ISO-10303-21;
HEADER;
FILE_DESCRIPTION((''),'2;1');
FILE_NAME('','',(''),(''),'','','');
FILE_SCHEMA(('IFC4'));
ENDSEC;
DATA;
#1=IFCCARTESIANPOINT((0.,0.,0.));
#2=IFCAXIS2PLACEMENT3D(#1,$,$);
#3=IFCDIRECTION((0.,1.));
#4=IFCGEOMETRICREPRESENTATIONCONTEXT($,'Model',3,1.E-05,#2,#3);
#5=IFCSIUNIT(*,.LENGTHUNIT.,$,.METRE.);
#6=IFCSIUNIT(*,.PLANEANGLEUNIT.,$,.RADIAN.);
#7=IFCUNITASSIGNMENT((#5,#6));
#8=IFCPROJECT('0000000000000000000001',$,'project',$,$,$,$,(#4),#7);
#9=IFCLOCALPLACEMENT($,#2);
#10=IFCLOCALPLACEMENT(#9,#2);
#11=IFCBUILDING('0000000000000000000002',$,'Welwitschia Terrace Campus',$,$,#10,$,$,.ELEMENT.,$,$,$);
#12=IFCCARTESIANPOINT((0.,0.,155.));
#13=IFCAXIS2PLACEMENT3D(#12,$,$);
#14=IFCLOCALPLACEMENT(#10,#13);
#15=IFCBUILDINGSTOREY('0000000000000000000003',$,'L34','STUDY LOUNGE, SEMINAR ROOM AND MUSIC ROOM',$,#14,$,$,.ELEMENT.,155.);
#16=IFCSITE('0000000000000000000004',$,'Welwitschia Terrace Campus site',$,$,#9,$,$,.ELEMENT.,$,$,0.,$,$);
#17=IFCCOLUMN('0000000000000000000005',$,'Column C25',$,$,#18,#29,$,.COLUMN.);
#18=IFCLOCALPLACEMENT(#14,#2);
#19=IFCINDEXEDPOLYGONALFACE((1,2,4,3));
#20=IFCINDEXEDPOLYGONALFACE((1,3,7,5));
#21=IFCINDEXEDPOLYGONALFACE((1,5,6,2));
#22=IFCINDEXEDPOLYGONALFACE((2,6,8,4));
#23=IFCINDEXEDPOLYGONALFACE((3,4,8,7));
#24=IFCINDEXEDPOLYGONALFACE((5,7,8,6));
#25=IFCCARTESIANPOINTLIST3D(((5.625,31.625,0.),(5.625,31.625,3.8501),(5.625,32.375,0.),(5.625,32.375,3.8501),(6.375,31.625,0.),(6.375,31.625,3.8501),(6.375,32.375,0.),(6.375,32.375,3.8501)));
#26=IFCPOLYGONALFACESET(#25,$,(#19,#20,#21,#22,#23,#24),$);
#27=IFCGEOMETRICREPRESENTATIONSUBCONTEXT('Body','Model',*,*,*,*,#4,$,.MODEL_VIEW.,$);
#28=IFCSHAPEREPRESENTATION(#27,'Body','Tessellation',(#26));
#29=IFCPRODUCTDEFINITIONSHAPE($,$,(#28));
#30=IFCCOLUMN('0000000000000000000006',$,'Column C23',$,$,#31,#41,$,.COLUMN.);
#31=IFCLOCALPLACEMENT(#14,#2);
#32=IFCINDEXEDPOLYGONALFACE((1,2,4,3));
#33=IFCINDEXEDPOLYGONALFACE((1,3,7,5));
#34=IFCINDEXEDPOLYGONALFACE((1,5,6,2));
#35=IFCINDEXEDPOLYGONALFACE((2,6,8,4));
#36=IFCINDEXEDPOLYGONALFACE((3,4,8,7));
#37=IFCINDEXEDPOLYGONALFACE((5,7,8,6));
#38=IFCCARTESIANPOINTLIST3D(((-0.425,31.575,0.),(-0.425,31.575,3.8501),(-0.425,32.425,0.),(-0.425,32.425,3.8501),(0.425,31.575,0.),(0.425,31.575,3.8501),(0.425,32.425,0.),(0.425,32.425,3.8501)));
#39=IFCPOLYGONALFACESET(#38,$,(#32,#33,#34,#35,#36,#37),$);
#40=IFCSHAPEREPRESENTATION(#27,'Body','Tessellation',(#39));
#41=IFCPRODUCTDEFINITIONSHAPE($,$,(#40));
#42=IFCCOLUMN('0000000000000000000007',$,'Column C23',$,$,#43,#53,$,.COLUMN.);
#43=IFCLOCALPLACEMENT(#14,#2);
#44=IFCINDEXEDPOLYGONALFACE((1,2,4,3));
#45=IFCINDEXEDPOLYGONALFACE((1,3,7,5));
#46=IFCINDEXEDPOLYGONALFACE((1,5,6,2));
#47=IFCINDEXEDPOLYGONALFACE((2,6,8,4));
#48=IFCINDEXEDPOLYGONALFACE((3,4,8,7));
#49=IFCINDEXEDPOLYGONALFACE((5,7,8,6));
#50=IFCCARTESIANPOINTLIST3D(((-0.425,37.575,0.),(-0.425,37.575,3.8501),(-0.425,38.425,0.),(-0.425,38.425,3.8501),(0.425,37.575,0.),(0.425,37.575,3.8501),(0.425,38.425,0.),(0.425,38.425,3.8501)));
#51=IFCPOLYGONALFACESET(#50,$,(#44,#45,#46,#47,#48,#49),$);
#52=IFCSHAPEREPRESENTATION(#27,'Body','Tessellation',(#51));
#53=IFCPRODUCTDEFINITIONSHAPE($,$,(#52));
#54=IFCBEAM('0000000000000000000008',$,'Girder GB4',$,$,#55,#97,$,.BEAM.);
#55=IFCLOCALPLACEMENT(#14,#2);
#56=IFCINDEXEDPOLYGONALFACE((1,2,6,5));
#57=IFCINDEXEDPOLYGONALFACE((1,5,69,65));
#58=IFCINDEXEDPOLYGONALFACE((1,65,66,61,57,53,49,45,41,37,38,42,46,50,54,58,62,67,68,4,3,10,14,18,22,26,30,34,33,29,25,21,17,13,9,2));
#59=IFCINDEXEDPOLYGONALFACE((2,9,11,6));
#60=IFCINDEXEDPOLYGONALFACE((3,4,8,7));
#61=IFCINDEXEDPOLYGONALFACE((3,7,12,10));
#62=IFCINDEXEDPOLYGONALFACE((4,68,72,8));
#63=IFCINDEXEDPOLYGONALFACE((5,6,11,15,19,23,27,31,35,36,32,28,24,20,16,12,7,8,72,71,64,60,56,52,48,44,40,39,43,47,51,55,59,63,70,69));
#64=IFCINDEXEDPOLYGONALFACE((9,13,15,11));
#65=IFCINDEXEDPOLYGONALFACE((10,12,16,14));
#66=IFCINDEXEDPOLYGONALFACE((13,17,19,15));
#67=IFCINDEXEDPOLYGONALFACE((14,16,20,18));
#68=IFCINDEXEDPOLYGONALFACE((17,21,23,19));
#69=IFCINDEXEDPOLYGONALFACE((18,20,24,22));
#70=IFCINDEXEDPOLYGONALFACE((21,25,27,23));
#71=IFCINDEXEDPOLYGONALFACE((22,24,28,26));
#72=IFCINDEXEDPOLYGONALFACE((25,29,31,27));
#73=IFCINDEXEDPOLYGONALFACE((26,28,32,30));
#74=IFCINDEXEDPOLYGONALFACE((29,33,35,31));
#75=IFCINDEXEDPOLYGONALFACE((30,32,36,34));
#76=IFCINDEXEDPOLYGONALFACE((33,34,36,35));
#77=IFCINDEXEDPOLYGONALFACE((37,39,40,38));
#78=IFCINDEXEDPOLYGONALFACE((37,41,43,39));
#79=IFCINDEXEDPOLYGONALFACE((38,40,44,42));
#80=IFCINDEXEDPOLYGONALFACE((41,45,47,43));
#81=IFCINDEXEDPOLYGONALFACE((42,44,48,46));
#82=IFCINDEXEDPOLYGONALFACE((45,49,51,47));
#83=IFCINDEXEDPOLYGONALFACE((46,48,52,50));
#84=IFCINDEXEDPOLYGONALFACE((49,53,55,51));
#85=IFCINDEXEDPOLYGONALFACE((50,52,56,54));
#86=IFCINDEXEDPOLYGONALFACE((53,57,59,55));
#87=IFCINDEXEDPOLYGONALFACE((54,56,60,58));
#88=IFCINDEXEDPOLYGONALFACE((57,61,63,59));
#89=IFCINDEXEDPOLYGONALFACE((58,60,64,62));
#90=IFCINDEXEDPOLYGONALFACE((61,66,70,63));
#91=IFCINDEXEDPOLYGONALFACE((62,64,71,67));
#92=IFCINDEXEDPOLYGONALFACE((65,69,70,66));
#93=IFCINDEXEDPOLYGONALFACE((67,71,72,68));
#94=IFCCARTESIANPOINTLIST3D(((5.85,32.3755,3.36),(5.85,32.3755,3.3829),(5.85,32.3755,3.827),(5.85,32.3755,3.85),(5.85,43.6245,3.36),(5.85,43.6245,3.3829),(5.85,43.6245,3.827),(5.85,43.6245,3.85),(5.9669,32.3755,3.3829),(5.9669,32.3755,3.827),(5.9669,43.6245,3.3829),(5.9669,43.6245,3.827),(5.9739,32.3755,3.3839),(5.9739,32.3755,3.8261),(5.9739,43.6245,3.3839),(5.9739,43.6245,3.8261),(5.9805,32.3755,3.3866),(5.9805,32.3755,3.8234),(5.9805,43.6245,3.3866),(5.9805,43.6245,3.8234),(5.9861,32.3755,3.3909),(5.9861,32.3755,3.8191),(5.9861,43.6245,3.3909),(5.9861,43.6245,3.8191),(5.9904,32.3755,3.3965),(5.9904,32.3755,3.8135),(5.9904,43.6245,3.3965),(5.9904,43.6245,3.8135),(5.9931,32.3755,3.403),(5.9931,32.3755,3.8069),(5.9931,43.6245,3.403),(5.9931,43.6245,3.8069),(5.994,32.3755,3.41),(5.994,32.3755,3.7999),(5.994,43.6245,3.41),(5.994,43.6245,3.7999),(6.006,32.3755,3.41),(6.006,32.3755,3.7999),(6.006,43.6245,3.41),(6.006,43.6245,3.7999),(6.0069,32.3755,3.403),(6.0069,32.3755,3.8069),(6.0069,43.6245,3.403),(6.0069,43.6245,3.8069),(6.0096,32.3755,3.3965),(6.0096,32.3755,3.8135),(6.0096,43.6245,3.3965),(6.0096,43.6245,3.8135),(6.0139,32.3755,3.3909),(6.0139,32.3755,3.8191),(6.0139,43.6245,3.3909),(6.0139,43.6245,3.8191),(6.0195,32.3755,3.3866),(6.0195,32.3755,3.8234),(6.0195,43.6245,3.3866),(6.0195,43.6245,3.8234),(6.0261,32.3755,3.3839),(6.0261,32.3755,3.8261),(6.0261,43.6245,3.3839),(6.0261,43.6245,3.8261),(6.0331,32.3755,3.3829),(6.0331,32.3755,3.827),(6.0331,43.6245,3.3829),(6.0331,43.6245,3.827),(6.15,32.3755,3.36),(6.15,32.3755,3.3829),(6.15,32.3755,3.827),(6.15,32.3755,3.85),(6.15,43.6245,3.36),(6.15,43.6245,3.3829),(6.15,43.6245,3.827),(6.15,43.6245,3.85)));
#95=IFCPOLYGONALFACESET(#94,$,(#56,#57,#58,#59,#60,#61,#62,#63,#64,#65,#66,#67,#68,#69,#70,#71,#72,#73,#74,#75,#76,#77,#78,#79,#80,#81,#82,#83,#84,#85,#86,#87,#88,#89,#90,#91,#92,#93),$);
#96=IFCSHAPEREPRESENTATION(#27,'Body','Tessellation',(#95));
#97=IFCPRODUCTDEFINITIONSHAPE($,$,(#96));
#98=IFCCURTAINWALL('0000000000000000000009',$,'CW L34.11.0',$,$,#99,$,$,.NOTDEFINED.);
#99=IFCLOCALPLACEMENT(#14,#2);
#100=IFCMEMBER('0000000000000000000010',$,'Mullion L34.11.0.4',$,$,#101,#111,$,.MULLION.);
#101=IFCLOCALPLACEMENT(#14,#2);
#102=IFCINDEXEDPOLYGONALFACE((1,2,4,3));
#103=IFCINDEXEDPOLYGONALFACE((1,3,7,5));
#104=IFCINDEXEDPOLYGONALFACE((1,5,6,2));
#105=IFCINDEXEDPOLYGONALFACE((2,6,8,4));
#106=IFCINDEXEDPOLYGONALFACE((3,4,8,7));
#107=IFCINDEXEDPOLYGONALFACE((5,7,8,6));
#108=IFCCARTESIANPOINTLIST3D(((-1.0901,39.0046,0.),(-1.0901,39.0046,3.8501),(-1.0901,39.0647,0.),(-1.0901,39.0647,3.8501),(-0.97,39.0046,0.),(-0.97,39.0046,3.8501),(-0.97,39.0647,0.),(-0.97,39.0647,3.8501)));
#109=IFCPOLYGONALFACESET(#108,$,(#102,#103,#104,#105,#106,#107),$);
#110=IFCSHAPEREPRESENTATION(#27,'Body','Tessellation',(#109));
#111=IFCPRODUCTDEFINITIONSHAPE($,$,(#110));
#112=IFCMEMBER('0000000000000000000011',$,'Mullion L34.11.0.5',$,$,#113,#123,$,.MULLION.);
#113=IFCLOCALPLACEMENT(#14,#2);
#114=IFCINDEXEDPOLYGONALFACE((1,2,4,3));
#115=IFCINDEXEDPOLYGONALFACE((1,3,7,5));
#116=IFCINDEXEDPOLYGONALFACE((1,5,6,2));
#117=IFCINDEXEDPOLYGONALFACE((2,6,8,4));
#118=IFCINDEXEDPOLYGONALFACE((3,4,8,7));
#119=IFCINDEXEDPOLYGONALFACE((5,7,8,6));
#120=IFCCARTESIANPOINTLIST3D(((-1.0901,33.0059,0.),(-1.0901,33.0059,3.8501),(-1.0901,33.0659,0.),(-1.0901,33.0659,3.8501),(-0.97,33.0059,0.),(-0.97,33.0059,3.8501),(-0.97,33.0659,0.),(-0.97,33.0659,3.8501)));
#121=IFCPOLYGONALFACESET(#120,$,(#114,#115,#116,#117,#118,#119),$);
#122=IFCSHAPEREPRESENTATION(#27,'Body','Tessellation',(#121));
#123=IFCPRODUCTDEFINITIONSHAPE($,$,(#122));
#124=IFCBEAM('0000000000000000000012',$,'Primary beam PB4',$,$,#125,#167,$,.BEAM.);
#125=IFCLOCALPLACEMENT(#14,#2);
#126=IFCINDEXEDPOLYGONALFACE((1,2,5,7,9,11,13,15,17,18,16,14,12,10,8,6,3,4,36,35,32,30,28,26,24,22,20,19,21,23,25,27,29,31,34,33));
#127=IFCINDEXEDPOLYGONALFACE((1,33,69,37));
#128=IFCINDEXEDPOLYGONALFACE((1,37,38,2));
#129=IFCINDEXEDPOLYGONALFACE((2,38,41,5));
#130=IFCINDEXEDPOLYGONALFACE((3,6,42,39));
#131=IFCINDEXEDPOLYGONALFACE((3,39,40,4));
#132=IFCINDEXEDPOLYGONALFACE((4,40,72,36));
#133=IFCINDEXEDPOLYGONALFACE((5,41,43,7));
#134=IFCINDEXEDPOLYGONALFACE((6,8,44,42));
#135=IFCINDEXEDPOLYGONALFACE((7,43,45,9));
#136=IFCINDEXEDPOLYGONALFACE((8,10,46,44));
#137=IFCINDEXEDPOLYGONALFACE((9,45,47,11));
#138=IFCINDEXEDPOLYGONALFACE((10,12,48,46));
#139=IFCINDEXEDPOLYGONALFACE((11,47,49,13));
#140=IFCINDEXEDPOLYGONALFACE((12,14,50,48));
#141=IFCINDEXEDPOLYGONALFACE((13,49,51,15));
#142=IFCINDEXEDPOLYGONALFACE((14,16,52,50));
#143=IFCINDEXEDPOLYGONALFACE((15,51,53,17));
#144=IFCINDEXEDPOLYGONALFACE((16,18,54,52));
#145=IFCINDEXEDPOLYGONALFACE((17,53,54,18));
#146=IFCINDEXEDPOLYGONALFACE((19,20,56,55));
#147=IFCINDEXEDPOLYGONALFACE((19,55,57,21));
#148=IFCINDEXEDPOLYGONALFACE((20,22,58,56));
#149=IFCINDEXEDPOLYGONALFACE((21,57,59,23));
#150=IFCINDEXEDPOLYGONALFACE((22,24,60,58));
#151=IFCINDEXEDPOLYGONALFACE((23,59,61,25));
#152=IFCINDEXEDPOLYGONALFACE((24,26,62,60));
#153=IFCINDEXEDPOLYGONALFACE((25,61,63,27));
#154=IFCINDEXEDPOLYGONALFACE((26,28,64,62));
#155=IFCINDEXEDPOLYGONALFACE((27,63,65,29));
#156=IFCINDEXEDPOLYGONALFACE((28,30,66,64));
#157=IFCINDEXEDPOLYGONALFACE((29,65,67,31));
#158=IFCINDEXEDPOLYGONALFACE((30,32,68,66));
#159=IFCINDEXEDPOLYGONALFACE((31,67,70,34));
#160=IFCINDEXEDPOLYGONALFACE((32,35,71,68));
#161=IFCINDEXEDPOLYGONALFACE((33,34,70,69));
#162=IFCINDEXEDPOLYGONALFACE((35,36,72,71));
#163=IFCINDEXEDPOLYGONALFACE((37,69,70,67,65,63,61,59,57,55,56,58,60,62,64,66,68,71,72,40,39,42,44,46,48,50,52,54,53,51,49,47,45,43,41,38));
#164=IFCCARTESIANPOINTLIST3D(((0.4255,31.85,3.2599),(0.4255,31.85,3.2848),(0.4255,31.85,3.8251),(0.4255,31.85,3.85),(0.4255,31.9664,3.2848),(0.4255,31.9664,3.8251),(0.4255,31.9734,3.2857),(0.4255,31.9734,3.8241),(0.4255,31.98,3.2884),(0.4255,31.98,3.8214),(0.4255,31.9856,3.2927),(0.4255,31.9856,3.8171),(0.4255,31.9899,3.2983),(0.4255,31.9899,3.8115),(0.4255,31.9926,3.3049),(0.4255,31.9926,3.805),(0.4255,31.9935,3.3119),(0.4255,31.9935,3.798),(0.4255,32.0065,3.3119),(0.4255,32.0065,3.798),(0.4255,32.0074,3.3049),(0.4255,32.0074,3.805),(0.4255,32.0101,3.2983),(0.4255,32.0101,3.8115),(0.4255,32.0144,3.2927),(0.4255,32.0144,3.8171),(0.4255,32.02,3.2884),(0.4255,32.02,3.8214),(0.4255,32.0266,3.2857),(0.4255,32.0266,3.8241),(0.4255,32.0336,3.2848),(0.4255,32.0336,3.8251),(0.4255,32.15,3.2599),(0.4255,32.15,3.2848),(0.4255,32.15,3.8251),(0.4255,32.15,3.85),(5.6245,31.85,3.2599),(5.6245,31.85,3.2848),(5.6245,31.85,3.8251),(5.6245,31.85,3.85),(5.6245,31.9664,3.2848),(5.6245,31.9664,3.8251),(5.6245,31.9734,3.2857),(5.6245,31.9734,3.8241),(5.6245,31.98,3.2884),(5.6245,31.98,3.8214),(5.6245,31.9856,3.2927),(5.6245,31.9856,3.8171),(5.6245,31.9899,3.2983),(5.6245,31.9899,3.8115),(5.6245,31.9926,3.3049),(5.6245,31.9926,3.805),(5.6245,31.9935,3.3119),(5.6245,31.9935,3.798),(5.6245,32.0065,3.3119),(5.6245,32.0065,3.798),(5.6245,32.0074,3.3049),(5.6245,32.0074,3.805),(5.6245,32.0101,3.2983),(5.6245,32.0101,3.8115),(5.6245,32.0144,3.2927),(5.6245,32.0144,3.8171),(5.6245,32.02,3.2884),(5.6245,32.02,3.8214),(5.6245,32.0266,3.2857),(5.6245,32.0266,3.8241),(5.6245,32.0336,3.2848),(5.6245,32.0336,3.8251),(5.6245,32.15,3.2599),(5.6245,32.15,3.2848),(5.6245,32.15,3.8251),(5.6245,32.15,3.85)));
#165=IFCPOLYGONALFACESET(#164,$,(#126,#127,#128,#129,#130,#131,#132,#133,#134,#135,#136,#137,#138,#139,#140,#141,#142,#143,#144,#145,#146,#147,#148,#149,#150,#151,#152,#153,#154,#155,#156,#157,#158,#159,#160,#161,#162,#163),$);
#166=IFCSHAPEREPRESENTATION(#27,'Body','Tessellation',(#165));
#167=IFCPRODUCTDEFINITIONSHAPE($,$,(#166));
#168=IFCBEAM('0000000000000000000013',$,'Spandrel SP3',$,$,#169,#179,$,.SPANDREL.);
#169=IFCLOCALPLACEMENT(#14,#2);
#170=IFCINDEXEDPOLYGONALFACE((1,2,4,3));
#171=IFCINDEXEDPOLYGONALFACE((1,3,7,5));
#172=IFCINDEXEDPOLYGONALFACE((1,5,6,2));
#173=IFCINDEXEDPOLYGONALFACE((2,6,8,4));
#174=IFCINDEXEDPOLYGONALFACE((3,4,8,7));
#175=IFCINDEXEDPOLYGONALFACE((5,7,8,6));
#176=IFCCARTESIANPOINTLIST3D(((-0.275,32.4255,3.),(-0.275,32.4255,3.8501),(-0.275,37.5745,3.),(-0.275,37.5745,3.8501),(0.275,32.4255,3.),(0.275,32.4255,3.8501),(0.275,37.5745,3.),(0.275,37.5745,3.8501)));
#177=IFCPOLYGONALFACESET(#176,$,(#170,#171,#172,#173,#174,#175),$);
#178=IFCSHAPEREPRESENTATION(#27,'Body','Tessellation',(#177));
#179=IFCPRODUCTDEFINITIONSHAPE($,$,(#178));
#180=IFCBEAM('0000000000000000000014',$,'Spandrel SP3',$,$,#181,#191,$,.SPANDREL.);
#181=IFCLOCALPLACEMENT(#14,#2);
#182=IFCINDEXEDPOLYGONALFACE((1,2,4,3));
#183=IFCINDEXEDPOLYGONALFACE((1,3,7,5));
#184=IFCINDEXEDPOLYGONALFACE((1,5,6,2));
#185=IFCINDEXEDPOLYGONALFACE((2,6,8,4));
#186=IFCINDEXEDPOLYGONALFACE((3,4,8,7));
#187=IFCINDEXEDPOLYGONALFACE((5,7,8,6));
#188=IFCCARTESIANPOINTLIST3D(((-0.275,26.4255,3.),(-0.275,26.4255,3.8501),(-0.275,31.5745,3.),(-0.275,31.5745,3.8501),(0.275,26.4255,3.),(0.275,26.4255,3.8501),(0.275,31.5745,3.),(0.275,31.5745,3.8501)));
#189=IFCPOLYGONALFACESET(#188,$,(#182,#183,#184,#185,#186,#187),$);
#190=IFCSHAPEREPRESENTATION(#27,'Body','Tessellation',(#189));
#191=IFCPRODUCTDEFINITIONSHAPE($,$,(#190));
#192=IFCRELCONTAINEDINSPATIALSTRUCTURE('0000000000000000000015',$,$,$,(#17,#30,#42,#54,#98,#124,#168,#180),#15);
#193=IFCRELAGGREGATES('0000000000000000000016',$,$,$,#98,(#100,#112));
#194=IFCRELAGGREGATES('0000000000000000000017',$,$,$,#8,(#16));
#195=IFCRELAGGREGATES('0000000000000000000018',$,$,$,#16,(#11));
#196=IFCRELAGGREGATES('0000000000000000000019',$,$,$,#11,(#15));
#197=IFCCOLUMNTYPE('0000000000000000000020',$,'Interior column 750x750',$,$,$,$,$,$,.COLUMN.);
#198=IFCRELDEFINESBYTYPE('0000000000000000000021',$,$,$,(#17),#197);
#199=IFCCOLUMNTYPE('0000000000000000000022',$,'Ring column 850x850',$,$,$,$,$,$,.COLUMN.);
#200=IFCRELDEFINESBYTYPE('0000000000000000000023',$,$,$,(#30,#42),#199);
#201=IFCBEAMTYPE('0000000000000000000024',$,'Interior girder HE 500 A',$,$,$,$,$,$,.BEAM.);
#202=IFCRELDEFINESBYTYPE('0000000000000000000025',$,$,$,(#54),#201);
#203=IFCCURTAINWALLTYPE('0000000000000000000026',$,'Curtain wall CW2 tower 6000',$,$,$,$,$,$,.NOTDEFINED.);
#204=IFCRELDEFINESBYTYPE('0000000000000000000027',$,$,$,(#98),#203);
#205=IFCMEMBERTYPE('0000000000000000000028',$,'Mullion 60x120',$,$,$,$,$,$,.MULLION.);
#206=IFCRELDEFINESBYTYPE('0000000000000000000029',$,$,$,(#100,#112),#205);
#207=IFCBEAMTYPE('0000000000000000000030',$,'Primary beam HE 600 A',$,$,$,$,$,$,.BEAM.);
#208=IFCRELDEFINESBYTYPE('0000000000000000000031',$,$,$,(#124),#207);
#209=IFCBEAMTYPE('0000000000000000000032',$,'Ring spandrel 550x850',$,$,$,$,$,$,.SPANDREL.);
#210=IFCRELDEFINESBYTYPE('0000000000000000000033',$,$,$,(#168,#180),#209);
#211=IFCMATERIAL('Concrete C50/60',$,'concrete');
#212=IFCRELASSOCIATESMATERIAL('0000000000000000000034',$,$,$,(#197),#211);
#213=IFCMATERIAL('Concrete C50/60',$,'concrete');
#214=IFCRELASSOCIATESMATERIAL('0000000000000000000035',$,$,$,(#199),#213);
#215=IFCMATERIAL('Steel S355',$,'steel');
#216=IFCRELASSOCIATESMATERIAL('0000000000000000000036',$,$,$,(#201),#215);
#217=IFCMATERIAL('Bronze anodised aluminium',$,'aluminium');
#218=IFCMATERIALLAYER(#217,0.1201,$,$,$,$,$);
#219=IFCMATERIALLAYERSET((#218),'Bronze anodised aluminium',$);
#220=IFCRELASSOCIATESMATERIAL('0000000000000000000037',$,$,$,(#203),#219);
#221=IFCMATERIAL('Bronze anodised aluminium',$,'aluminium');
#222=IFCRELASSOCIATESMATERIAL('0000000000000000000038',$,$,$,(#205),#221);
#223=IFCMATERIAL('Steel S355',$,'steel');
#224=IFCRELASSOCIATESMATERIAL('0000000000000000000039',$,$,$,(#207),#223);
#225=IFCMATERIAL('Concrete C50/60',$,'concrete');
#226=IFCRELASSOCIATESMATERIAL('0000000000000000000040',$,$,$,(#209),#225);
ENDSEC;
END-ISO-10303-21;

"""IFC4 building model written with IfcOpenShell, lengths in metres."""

from ifc_helpers import new_model, si_unit, direction, frame, origin, origin_2d, place, context, subcontext, project, spatial, rectangle, i_section, extrude, material, layer, layer_set, material_profile, profile_set, type_object, element, aggregate, save


model = new_model("IFC4")

# Units and contexts
model_context = context("Model", 3, precision=1e-05, world=origin(), true_north=direction((0.0, 1.0)))
body_context = subcontext(model_context, "Body", "Model", "MODEL_VIEW")
ifc_project = project(units=[si_unit("LENGTHUNIT", "METRE"), si_unit("PLANEANGLEUNIT", "RADIAN")], contexts=[model_context])

# Site, building, storey
site_placement = place(None, origin())
site = spatial("IfcSite", under=ifc_project, at=site_placement, Name="Welwitschia Terrace Campus site", CompositionType="ELEMENT", RefElevation=0.0)
building_placement = place(site_placement, origin())
building = spatial("IfcBuilding", under=site, at=building_placement, Name="Welwitschia Terrace Campus", CompositionType="ELEMENT")
storey_placement = place(building_placement, frame((0.0, 0.0, 155.0)))
storey = spatial("IfcBuildingStorey", under=building, at=storey_placement, Name="L34", Description="STUDY LOUNGE, SEMINAR ROOM AND MUSIC ROOM", CompositionType="ELEMENT", Elevation=155.0)

# Columns
ifc_material_1 = material(Name="Concrete C50/60", Category="concrete")
ifc_material_profile_1 = material_profile(ifc_material_1, rectangle(XDim=0.75, YDim=0.75, at=origin_2d()))
ifc_profile_set_1 = profile_set([ifc_material_profile_1], Name="Concrete C50/60")
column_type_1 = type_object("IfcColumnType", Name="Interior column 750x750", PredefinedType="COLUMN", material=ifc_profile_set_1)
column_placement = place(storey_placement, frame((6.0, 32.0, 0.0), z_axis=(0.0, 0.0, 1.0), x_axis=(1.0, 0.0, 0.0)))
element("IfcColumn", 1, at=column_placement, inside=storey, type_object=column_type_1, Name="Column C25", PredefinedType="COLUMN", context=body_context, shape_type="SweptSolid", body=[
    extrude(rectangle(XDim=0.75, YDim=0.75, at=origin_2d()), origin(), (0.0, 0.0, 1.0), 3.8501),
])
ifc_material_2 = material(Name="Concrete C50/60", Category="concrete")
ifc_material_profile_2 = material_profile(ifc_material_2, rectangle(XDim=0.8501, YDim=0.8501, at=origin_2d()))
ifc_profile_set_2 = profile_set([ifc_material_profile_2], Name="Concrete C50/60")
column_type_2 = type_object("IfcColumnType", Name="Ring column 850x850", PredefinedType="COLUMN", material=ifc_profile_set_2)
for number, where, z_axis, x_axis, name in (
    (2, (0.0, 32.0, 0.0), (0.0, 0.0, 1.0), (1.0, 0.0, 0.0), "Column C23"),
    (3, (0.0, 38.0, 0.0), (0.0, 0.0, 1.0), (1.0, 0.0, 0.0), "Column C23"),
):
    element("IfcColumn", number, at=place(storey_placement, frame(where, z_axis=z_axis, x_axis=x_axis)), inside=storey, type_object=column_type_2, Name=name, PredefinedType="COLUMN", context=body_context, shape_type="SweptSolid", body=[
        extrude(rectangle(XDim=0.8501, YDim=0.8501, at=origin_2d()), origin(), (0.0, 0.0, 1.0), 3.8501),
    ])

# Beam
ifc_material_3 = material(Name="Steel S355", Category="steel")
ifc_material_profile_3 = material_profile(ifc_material_3, i_section(OverallWidth=0.3, OverallDepth=0.49, WebThickness=0.012, FlangeThickness=0.0229, FilletRadius=0.0271, at=origin_2d()))
ifc_profile_set_3 = profile_set([ifc_material_profile_3], Name="Steel S355")
beam_type_1 = type_object("IfcBeamType", Name="Interior girder HE 500 A", PredefinedType="BEAM", material=ifc_profile_set_3)
beam_1_placement = place(storey_placement, frame((6.0, 32.3755, 3.605), z_axis=(0.0, 1.0, 0.0), x_axis=(-1.0, 0.0, 0.0)))
element("IfcBeam", 4, at=beam_1_placement, inside=storey, type_object=beam_type_1, Name="Girder GB4", PredefinedType="BEAM", context=body_context, shape_type="SweptSolid", body=[
    extrude(i_section(OverallWidth=0.3, OverallDepth=0.49, WebThickness=0.012, FlangeThickness=0.0229, FilletRadius=0.0271, at=origin_2d()), origin(), (0.0, 0.0, 1.0), 11.249),
])

# Curtain wall, members
ifc_material_4 = material(Name="Bronze anodised aluminium", Category="aluminium")
ifc_layer_1 = layer(ifc_material_4, 0.1201)
ifc_layer_set_1 = layer_set([ifc_layer_1], Name="Bronze anodised aluminium")
curtain_wall_type = type_object("IfcCurtainWallType", Name="Curtain wall CW2 tower 6000", PredefinedType="NOTDEFINED", material=ifc_layer_set_1)
curtain_wall_placement = place(storey_placement, origin())
curtain_wall = element("IfcCurtainWall", 5, at=curtain_wall_placement, inside=storey, type_object=curtain_wall_type, Name="CW L34.11.0", PredefinedType="NOTDEFINED")
ifc_material_5 = material(Name="Bronze anodised aluminium", Category="aluminium")
ifc_material_profile_4 = material_profile(ifc_material_5, rectangle(XDim=0.1201, YDim=0.0601, at=origin_2d()))
ifc_profile_set_4 = profile_set([ifc_material_profile_4], Name="Bronze anodised aluminium")
member_type = type_object("IfcMemberType", Name="Mullion 60x120", PredefinedType="MULLION", material=ifc_profile_set_4)
member_1_placement = place(storey_placement, frame((-1.03, 39.0347, 0.0), z_axis=(0.0, 0.0, 1.0), x_axis=(1.0, 0.0, 0.0)))
member_1 = element("IfcMember", 6, at=member_1_placement, type_object=member_type, Name="Mullion L34.11.0.4", PredefinedType="MULLION", context=body_context, shape_type="SweptSolid", body=[
    extrude(rectangle(XDim=0.1201, YDim=0.0601, at=origin_2d()), origin(), (0.0, 0.0, 1.0), 3.8501),
])
member_2_placement = place(storey_placement, frame((-1.03, 33.0359, 0.0), z_axis=(0.0, 0.0, 1.0), x_axis=(1.0, 0.0, 0.0)))
member_2 = element("IfcMember", 7, at=member_2_placement, type_object=member_type, Name="Mullion L34.11.0.5", PredefinedType="MULLION", context=body_context, shape_type="SweptSolid", body=[
    extrude(rectangle(XDim=0.1201, YDim=0.0601, at=origin_2d()), origin(), (0.0, 0.0, 1.0), 3.8501),
])

# Beams
ifc_material_6 = material(Name="Steel S355", Category="steel")
ifc_material_profile_5 = material_profile(ifc_material_6, i_section(OverallWidth=0.3, OverallDepth=0.5901, WebThickness=0.0129, FlangeThickness=0.0249, FilletRadius=0.0271, at=origin_2d()))
ifc_profile_set_5 = profile_set([ifc_material_profile_5], Name="Steel S355")
beam_type_2 = type_object("IfcBeamType", Name="Primary beam HE 600 A", PredefinedType="BEAM", material=ifc_profile_set_5)
beam_2_placement = place(storey_placement, frame((0.4255, 32.0, 3.5549), z_axis=(1.0, 0.0, 0.0), x_axis=(0.0, 1.0, 0.0)))
element("IfcBeam", 8, at=beam_2_placement, inside=storey, type_object=beam_type_2, Name="Primary beam PB4", PredefinedType="BEAM", context=body_context, shape_type="SweptSolid", body=[
    extrude(i_section(OverallWidth=0.3, OverallDepth=0.5901, WebThickness=0.0129, FlangeThickness=0.0249, FilletRadius=0.0271, at=origin_2d()), origin(), (0.0, 0.0, 1.0), 5.199),
])
ifc_material_7 = material(Name="Concrete C50/60", Category="concrete")
ifc_material_profile_6 = material_profile(ifc_material_7, rectangle(XDim=0.55, YDim=0.8501, at=origin_2d()))
ifc_profile_set_6 = profile_set([ifc_material_profile_6], Name="Concrete C50/60")
beam_type_3 = type_object("IfcBeamType", Name="Ring spandrel 550x850", PredefinedType="SPANDREL", material=ifc_profile_set_6)
for number, where, z_axis, x_axis, name in (
    (9, (0.0, 37.5745, 3.425), (0.0, -1.0, 0.0), (1.0, 0.0, 0.0), "Spandrel SP3"),
    (10, (0.0, 31.5745, 3.425), (0.0, -1.0, 0.0), (1.0, 0.0, 0.0), "Spandrel SP3"),
):
    element("IfcBeam", number, at=place(storey_placement, frame(where, z_axis=z_axis, x_axis=x_axis)), inside=storey, type_object=beam_type_3, Name=name, PredefinedType="SPANDREL", context=body_context, shape_type="SweptSolid", body=[
        extrude(rectangle(XDim=0.55, YDim=0.8501, at=origin_2d()), origin(), (0.0, 0.0, 1.0), 5.1489),
    ])

aggregate(curtain_wall, [member_1, member_2])

save(model, "model.ifc")
